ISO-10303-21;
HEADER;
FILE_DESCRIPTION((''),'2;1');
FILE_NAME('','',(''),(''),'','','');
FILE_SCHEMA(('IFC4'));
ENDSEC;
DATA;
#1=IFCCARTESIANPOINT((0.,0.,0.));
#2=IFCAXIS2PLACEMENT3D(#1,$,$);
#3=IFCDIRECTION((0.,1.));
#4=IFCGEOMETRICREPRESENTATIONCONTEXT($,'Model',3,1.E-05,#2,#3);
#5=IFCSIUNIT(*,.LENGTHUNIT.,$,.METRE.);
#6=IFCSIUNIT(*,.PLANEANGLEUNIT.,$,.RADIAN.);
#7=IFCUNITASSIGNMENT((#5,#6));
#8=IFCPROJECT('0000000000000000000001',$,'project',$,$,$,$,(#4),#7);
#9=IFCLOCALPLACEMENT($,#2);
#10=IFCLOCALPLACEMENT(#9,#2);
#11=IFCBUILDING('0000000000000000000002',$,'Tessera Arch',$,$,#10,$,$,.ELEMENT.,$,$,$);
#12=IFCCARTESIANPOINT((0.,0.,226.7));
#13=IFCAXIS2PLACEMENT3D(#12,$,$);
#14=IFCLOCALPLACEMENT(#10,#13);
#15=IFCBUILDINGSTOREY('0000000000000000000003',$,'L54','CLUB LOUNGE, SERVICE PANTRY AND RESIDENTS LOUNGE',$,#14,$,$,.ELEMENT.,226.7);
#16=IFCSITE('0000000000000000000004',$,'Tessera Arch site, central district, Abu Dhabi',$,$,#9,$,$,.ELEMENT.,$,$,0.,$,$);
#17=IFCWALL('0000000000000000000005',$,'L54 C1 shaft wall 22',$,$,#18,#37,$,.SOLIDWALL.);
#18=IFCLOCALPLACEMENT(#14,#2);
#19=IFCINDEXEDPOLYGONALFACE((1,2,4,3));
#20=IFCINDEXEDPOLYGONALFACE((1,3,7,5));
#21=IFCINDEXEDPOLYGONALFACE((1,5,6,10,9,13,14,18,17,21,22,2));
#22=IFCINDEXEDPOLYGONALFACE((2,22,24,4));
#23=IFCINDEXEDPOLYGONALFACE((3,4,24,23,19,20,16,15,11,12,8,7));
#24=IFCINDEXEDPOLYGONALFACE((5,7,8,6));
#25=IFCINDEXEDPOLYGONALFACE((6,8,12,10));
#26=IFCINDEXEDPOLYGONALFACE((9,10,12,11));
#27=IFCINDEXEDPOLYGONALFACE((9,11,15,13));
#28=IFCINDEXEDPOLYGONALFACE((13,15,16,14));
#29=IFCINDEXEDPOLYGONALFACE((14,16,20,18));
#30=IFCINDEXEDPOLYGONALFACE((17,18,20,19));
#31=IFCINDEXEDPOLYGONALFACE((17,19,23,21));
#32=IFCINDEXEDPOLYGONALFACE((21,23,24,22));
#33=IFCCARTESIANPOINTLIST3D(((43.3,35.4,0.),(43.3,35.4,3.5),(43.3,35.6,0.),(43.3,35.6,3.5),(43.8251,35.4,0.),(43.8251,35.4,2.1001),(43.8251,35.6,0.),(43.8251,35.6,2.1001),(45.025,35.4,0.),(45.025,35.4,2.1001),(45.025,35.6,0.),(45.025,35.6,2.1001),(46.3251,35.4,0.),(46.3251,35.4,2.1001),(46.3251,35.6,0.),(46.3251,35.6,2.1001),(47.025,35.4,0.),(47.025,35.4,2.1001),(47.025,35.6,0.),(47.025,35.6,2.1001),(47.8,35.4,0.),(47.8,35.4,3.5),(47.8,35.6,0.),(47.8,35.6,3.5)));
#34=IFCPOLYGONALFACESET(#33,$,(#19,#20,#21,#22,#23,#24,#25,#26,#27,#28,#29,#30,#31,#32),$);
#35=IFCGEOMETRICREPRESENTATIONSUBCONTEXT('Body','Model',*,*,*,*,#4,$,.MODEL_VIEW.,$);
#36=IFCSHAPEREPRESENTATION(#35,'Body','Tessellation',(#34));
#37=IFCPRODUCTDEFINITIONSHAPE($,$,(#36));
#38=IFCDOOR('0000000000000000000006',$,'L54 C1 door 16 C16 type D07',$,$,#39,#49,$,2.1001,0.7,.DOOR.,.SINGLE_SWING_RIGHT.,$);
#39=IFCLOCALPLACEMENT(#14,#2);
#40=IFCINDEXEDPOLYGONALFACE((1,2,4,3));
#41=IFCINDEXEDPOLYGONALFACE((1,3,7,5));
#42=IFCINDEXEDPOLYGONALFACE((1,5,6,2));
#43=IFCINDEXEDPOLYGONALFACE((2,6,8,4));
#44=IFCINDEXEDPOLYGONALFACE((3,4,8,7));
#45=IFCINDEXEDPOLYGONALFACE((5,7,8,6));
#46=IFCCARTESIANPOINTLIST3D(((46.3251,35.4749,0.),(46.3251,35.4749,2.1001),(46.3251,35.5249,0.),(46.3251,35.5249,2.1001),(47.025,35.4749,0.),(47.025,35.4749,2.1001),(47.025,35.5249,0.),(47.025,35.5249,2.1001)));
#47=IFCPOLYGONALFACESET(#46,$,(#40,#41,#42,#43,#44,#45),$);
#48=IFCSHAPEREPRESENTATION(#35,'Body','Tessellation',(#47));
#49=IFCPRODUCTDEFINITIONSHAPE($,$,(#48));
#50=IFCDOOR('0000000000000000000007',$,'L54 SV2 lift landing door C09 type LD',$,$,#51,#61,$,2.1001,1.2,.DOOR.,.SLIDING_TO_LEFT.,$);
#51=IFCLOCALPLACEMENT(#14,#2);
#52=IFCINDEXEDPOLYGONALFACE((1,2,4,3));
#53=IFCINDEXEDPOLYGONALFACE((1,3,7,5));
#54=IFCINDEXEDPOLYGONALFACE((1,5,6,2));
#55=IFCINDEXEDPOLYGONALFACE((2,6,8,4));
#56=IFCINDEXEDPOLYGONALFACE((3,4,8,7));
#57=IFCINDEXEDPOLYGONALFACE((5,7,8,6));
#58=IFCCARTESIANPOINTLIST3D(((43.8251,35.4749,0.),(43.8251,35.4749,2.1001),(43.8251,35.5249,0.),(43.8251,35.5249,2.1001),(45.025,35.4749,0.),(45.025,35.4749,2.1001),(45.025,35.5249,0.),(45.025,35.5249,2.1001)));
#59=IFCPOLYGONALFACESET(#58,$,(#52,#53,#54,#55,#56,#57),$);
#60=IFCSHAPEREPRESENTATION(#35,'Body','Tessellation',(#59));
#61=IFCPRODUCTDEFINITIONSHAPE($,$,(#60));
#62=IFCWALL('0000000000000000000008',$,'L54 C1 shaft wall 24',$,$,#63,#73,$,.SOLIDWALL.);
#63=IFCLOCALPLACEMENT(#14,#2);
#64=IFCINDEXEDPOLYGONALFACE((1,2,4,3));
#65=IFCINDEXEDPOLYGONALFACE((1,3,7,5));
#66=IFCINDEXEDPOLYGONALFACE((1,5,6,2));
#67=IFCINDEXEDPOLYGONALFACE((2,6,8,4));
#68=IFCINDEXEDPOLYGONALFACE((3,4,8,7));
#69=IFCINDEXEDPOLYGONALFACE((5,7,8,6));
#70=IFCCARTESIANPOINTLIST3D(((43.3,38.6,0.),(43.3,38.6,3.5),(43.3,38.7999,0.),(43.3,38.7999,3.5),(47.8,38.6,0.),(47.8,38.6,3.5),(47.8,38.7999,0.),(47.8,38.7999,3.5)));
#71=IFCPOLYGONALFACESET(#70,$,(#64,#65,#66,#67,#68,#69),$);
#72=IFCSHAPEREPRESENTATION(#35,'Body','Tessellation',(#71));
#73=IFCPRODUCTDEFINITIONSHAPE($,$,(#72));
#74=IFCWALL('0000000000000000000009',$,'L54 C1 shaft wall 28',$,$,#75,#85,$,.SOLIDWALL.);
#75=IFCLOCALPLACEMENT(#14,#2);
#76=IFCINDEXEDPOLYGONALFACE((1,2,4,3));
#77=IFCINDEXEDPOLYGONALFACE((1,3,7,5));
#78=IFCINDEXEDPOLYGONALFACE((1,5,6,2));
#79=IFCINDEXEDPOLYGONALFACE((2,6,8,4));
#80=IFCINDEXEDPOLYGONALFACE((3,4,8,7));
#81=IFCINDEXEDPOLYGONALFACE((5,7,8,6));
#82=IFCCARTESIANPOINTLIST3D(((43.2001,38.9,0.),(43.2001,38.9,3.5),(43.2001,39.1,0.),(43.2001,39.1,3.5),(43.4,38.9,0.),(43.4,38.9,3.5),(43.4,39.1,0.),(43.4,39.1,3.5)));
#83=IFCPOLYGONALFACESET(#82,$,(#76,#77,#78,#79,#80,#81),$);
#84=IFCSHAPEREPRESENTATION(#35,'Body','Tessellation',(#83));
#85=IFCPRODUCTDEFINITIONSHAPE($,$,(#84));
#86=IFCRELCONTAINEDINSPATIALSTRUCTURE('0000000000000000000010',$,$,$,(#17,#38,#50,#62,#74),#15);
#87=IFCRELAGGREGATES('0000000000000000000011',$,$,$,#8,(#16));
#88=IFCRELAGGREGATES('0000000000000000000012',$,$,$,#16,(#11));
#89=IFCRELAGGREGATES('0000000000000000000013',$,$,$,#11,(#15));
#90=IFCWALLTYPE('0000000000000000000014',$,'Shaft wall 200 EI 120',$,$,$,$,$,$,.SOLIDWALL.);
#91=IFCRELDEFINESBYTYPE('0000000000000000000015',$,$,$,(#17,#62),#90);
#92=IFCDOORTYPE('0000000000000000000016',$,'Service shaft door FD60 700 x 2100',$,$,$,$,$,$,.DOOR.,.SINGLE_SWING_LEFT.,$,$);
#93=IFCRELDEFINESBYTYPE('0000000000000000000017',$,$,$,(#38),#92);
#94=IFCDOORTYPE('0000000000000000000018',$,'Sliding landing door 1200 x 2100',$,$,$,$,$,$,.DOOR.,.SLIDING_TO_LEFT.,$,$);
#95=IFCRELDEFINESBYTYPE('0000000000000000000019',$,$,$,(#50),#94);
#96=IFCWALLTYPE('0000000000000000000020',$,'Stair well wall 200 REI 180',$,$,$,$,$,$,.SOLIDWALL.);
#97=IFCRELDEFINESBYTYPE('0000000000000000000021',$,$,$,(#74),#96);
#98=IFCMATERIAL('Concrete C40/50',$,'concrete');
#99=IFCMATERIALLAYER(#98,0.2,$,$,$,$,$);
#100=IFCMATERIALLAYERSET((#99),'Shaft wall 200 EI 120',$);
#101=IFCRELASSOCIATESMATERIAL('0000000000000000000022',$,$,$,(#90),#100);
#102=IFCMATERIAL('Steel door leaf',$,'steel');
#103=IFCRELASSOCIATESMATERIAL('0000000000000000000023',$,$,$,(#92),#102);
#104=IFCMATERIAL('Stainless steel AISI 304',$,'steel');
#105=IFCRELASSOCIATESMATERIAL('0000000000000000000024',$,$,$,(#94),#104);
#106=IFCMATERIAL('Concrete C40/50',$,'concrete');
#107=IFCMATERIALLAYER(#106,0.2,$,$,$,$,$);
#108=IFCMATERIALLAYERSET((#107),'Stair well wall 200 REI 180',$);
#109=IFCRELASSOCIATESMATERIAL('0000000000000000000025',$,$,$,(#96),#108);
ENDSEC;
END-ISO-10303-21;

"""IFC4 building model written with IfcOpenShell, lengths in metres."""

from ifc_helpers import new_model, si_unit, direction, frame, frame_2d, origin, place, context, subcontext, project, spatial, rectangle, extrude, material, layer, layer_set, type_object, element, fill, save


model = new_model("IFC4")

# Units and contexts
model_context = context("Model", 3, precision=1e-05, world=origin(), true_north=direction((0.0, 1.0)))
body_context = subcontext(model_context, "Body", "Model", "MODEL_VIEW")
ifc_project = project(units=[si_unit("LENGTHUNIT", "METRE"), si_unit("PLANEANGLEUNIT", "RADIAN")], contexts=[model_context])

# Site, building, storey
site_placement = place(None, origin())
site = spatial("IfcSite", under=ifc_project, at=site_placement, Name="Tessera Arch site, central district, Abu Dhabi", CompositionType="ELEMENT", RefElevation=0.0)
building_placement = place(site_placement, origin())
building = spatial("IfcBuilding", under=site, at=building_placement, Name="Tessera Arch", CompositionType="ELEMENT")
storey_placement = place(building_placement, frame((0.0, 0.0, 226.7)))
storey = spatial("IfcBuildingStorey", under=building, at=storey_placement, Name="L54", Description="CLUB LOUNGE, SERVICE PANTRY AND RESIDENTS LOUNGE", CompositionType="ELEMENT", Elevation=226.7)

# Shared definitions
ifc_material_1 = material(Name="Concrete C40/50", Category="concrete")
ifc_layer_1 = layer(ifc_material_1, 0.2)
ifc_layer_set_1 = layer_set([ifc_layer_1], Name="Shaft wall 200 EI 120")
wall_type_1 = type_object("IfcWallType", Name="Shaft wall 200 EI 120", PredefinedType="SOLIDWALL", material=ifc_layer_set_1)

# Wall, openings, doors
wall_1_placement = place(storey_placement, frame((43.3, 35.5, 0.0), z_axis=(0.0, 0.0, 1.0), x_axis=(1.0, 0.0, 0.0)))
wall_1 = element("IfcWall", 1, at=wall_1_placement, inside=storey, type_object=wall_type_1, Name="L54 C1 shaft wall 22", PredefinedType="SOLIDWALL", context=body_context, shape_type="SweptSolid", body=[
    extrude(rectangle(XDim=4.5, YDim=0.2, at=frame_2d((2.25, 0.0))), origin(), (0.0, 0.0, 1.0), 3.5),
])
opening_1_placement = place(wall_1_placement, frame((0.5249, 0.0, 0.0)))
opening_1 = element("IfcOpeningElement", 2, at=opening_1_placement, cuts=wall_1, PredefinedType="OPENING", context=body_context, shape_type="SweptSolid", body=[
    extrude(rectangle(XDim=1.2, YDim=2.1001, at=frame_2d((0.6001, 1.05))), frame((0.0, 0.1099, 0.0), z_axis=(0.0, -1.0, 0.0), x_axis=(1.0, 0.0, 0.0)), (0.0, 0.0, 1.0), 0.22),
])
opening_2_placement = place(wall_1_placement, frame((3.0249, 0.0, 0.0)))
opening_2 = element("IfcOpeningElement", 3, at=opening_2_placement, cuts=wall_1, PredefinedType="OPENING", context=body_context, shape_type="SweptSolid", body=[
    extrude(rectangle(XDim=0.7, YDim=2.1001, at=frame_2d((0.3501, 1.05))), frame((0.0, 0.1099, 0.0), z_axis=(0.0, -1.0, 0.0), x_axis=(1.0, 0.0, 0.0)), (0.0, 0.0, 1.0), 0.22),
])
ifc_material_2 = material(Name="Steel door leaf", Category="steel")
door_type_1 = type_object("IfcDoorType", Name="Service shaft door FD60 700 x 2100", OperationType="SINGLE_SWING_LEFT", PredefinedType="DOOR", material=ifc_material_2)
door_1_placement = place(opening_2_placement, origin())
door_1 = element("IfcDoor", 4, at=door_1_placement, inside=storey, type_object=door_type_1, Name="L54 C1 door 16 C16 type D07", OperationType="SINGLE_SWING_RIGHT", OverallHeight=2.1001, OverallWidth=0.7, PredefinedType="DOOR", context=body_context, shape_type="SweptSolid", body=[
    extrude(rectangle(XDim=0.7, YDim=2.1001, at=frame_2d((0.3501, 1.05))), frame((0.0, 0.0249, 0.0), z_axis=(0.0, -1.0, 0.0), x_axis=(1.0, 0.0, 0.0)), (0.0, 0.0, 1.0), 0.05),
])
fill(opening_2, door_1)
ifc_material_3 = material(Name="Stainless steel AISI 304", Category="steel")
door_type_2 = type_object("IfcDoorType", Name="Sliding landing door 1200 x 2100", OperationType="SLIDING_TO_LEFT", PredefinedType="DOOR", material=ifc_material_3)
door_2_placement = place(opening_1_placement, origin())
door_2 = element("IfcDoor", 5, at=door_2_placement, inside=storey, type_object=door_type_2, Name="L54 SV2 lift landing door C09 type LD", OperationType="SLIDING_TO_LEFT", OverallHeight=2.1001, OverallWidth=1.2, PredefinedType="DOOR", context=body_context, shape_type="SweptSolid", body=[
    extrude(rectangle(XDim=1.2, YDim=2.1001, at=frame_2d((0.6001, 1.05))), frame((0.0, 0.0249, 0.0), z_axis=(0.0, -1.0, 0.0), x_axis=(1.0, 0.0, 0.0)), (0.0, 0.0, 1.0), 0.05),
])
fill(opening_1, door_2)

# Walls
wall_2_placement = place(storey_placement, frame((43.3, 38.7, 0.0), z_axis=(0.0, 0.0, 1.0), x_axis=(1.0, 0.0, 0.0)))
element("IfcWall", 6, at=wall_2_placement, inside=storey, type_object=wall_type_1, Name="L54 C1 shaft wall 24", PredefinedType="SOLIDWALL", context=body_context, shape_type="SweptSolid", body=[
    extrude(rectangle(XDim=4.5, YDim=0.2, at=frame_2d((2.25, 0.0))), origin(), (0.0, 0.0, 1.0), 3.5),
])
ifc_material_4 = material(Name="Concrete C40/50", Category="concrete")
ifc_layer_2 = layer(ifc_material_4, 0.2)
ifc_layer_set_2 = layer_set([ifc_layer_2], Name="Stair well wall 200 REI 180")
wall_type_2 = type_object("IfcWallType", Name="Stair well wall 200 REI 180", PredefinedType="SOLIDWALL", material=ifc_layer_set_2)
wall_3_placement = place(storey_placement, frame((43.2, 39.0, 0.0), z_axis=(0.0, 0.0, 1.0), x_axis=(1.0, 0.0, 0.0)))
element("IfcWall", 7, at=wall_3_placement, inside=storey, type_object=wall_type_2, Name="L54 C1 shaft wall 28", PredefinedType="SOLIDWALL", context=body_context, shape_type="SweptSolid", body=[
    extrude(rectangle(XDim=0.2, YDim=0.2, at=frame_2d((0.1001, 0.0))), origin(), (0.0, 0.0, 1.0), 3.5),
])

save(model, "model.ifc")
